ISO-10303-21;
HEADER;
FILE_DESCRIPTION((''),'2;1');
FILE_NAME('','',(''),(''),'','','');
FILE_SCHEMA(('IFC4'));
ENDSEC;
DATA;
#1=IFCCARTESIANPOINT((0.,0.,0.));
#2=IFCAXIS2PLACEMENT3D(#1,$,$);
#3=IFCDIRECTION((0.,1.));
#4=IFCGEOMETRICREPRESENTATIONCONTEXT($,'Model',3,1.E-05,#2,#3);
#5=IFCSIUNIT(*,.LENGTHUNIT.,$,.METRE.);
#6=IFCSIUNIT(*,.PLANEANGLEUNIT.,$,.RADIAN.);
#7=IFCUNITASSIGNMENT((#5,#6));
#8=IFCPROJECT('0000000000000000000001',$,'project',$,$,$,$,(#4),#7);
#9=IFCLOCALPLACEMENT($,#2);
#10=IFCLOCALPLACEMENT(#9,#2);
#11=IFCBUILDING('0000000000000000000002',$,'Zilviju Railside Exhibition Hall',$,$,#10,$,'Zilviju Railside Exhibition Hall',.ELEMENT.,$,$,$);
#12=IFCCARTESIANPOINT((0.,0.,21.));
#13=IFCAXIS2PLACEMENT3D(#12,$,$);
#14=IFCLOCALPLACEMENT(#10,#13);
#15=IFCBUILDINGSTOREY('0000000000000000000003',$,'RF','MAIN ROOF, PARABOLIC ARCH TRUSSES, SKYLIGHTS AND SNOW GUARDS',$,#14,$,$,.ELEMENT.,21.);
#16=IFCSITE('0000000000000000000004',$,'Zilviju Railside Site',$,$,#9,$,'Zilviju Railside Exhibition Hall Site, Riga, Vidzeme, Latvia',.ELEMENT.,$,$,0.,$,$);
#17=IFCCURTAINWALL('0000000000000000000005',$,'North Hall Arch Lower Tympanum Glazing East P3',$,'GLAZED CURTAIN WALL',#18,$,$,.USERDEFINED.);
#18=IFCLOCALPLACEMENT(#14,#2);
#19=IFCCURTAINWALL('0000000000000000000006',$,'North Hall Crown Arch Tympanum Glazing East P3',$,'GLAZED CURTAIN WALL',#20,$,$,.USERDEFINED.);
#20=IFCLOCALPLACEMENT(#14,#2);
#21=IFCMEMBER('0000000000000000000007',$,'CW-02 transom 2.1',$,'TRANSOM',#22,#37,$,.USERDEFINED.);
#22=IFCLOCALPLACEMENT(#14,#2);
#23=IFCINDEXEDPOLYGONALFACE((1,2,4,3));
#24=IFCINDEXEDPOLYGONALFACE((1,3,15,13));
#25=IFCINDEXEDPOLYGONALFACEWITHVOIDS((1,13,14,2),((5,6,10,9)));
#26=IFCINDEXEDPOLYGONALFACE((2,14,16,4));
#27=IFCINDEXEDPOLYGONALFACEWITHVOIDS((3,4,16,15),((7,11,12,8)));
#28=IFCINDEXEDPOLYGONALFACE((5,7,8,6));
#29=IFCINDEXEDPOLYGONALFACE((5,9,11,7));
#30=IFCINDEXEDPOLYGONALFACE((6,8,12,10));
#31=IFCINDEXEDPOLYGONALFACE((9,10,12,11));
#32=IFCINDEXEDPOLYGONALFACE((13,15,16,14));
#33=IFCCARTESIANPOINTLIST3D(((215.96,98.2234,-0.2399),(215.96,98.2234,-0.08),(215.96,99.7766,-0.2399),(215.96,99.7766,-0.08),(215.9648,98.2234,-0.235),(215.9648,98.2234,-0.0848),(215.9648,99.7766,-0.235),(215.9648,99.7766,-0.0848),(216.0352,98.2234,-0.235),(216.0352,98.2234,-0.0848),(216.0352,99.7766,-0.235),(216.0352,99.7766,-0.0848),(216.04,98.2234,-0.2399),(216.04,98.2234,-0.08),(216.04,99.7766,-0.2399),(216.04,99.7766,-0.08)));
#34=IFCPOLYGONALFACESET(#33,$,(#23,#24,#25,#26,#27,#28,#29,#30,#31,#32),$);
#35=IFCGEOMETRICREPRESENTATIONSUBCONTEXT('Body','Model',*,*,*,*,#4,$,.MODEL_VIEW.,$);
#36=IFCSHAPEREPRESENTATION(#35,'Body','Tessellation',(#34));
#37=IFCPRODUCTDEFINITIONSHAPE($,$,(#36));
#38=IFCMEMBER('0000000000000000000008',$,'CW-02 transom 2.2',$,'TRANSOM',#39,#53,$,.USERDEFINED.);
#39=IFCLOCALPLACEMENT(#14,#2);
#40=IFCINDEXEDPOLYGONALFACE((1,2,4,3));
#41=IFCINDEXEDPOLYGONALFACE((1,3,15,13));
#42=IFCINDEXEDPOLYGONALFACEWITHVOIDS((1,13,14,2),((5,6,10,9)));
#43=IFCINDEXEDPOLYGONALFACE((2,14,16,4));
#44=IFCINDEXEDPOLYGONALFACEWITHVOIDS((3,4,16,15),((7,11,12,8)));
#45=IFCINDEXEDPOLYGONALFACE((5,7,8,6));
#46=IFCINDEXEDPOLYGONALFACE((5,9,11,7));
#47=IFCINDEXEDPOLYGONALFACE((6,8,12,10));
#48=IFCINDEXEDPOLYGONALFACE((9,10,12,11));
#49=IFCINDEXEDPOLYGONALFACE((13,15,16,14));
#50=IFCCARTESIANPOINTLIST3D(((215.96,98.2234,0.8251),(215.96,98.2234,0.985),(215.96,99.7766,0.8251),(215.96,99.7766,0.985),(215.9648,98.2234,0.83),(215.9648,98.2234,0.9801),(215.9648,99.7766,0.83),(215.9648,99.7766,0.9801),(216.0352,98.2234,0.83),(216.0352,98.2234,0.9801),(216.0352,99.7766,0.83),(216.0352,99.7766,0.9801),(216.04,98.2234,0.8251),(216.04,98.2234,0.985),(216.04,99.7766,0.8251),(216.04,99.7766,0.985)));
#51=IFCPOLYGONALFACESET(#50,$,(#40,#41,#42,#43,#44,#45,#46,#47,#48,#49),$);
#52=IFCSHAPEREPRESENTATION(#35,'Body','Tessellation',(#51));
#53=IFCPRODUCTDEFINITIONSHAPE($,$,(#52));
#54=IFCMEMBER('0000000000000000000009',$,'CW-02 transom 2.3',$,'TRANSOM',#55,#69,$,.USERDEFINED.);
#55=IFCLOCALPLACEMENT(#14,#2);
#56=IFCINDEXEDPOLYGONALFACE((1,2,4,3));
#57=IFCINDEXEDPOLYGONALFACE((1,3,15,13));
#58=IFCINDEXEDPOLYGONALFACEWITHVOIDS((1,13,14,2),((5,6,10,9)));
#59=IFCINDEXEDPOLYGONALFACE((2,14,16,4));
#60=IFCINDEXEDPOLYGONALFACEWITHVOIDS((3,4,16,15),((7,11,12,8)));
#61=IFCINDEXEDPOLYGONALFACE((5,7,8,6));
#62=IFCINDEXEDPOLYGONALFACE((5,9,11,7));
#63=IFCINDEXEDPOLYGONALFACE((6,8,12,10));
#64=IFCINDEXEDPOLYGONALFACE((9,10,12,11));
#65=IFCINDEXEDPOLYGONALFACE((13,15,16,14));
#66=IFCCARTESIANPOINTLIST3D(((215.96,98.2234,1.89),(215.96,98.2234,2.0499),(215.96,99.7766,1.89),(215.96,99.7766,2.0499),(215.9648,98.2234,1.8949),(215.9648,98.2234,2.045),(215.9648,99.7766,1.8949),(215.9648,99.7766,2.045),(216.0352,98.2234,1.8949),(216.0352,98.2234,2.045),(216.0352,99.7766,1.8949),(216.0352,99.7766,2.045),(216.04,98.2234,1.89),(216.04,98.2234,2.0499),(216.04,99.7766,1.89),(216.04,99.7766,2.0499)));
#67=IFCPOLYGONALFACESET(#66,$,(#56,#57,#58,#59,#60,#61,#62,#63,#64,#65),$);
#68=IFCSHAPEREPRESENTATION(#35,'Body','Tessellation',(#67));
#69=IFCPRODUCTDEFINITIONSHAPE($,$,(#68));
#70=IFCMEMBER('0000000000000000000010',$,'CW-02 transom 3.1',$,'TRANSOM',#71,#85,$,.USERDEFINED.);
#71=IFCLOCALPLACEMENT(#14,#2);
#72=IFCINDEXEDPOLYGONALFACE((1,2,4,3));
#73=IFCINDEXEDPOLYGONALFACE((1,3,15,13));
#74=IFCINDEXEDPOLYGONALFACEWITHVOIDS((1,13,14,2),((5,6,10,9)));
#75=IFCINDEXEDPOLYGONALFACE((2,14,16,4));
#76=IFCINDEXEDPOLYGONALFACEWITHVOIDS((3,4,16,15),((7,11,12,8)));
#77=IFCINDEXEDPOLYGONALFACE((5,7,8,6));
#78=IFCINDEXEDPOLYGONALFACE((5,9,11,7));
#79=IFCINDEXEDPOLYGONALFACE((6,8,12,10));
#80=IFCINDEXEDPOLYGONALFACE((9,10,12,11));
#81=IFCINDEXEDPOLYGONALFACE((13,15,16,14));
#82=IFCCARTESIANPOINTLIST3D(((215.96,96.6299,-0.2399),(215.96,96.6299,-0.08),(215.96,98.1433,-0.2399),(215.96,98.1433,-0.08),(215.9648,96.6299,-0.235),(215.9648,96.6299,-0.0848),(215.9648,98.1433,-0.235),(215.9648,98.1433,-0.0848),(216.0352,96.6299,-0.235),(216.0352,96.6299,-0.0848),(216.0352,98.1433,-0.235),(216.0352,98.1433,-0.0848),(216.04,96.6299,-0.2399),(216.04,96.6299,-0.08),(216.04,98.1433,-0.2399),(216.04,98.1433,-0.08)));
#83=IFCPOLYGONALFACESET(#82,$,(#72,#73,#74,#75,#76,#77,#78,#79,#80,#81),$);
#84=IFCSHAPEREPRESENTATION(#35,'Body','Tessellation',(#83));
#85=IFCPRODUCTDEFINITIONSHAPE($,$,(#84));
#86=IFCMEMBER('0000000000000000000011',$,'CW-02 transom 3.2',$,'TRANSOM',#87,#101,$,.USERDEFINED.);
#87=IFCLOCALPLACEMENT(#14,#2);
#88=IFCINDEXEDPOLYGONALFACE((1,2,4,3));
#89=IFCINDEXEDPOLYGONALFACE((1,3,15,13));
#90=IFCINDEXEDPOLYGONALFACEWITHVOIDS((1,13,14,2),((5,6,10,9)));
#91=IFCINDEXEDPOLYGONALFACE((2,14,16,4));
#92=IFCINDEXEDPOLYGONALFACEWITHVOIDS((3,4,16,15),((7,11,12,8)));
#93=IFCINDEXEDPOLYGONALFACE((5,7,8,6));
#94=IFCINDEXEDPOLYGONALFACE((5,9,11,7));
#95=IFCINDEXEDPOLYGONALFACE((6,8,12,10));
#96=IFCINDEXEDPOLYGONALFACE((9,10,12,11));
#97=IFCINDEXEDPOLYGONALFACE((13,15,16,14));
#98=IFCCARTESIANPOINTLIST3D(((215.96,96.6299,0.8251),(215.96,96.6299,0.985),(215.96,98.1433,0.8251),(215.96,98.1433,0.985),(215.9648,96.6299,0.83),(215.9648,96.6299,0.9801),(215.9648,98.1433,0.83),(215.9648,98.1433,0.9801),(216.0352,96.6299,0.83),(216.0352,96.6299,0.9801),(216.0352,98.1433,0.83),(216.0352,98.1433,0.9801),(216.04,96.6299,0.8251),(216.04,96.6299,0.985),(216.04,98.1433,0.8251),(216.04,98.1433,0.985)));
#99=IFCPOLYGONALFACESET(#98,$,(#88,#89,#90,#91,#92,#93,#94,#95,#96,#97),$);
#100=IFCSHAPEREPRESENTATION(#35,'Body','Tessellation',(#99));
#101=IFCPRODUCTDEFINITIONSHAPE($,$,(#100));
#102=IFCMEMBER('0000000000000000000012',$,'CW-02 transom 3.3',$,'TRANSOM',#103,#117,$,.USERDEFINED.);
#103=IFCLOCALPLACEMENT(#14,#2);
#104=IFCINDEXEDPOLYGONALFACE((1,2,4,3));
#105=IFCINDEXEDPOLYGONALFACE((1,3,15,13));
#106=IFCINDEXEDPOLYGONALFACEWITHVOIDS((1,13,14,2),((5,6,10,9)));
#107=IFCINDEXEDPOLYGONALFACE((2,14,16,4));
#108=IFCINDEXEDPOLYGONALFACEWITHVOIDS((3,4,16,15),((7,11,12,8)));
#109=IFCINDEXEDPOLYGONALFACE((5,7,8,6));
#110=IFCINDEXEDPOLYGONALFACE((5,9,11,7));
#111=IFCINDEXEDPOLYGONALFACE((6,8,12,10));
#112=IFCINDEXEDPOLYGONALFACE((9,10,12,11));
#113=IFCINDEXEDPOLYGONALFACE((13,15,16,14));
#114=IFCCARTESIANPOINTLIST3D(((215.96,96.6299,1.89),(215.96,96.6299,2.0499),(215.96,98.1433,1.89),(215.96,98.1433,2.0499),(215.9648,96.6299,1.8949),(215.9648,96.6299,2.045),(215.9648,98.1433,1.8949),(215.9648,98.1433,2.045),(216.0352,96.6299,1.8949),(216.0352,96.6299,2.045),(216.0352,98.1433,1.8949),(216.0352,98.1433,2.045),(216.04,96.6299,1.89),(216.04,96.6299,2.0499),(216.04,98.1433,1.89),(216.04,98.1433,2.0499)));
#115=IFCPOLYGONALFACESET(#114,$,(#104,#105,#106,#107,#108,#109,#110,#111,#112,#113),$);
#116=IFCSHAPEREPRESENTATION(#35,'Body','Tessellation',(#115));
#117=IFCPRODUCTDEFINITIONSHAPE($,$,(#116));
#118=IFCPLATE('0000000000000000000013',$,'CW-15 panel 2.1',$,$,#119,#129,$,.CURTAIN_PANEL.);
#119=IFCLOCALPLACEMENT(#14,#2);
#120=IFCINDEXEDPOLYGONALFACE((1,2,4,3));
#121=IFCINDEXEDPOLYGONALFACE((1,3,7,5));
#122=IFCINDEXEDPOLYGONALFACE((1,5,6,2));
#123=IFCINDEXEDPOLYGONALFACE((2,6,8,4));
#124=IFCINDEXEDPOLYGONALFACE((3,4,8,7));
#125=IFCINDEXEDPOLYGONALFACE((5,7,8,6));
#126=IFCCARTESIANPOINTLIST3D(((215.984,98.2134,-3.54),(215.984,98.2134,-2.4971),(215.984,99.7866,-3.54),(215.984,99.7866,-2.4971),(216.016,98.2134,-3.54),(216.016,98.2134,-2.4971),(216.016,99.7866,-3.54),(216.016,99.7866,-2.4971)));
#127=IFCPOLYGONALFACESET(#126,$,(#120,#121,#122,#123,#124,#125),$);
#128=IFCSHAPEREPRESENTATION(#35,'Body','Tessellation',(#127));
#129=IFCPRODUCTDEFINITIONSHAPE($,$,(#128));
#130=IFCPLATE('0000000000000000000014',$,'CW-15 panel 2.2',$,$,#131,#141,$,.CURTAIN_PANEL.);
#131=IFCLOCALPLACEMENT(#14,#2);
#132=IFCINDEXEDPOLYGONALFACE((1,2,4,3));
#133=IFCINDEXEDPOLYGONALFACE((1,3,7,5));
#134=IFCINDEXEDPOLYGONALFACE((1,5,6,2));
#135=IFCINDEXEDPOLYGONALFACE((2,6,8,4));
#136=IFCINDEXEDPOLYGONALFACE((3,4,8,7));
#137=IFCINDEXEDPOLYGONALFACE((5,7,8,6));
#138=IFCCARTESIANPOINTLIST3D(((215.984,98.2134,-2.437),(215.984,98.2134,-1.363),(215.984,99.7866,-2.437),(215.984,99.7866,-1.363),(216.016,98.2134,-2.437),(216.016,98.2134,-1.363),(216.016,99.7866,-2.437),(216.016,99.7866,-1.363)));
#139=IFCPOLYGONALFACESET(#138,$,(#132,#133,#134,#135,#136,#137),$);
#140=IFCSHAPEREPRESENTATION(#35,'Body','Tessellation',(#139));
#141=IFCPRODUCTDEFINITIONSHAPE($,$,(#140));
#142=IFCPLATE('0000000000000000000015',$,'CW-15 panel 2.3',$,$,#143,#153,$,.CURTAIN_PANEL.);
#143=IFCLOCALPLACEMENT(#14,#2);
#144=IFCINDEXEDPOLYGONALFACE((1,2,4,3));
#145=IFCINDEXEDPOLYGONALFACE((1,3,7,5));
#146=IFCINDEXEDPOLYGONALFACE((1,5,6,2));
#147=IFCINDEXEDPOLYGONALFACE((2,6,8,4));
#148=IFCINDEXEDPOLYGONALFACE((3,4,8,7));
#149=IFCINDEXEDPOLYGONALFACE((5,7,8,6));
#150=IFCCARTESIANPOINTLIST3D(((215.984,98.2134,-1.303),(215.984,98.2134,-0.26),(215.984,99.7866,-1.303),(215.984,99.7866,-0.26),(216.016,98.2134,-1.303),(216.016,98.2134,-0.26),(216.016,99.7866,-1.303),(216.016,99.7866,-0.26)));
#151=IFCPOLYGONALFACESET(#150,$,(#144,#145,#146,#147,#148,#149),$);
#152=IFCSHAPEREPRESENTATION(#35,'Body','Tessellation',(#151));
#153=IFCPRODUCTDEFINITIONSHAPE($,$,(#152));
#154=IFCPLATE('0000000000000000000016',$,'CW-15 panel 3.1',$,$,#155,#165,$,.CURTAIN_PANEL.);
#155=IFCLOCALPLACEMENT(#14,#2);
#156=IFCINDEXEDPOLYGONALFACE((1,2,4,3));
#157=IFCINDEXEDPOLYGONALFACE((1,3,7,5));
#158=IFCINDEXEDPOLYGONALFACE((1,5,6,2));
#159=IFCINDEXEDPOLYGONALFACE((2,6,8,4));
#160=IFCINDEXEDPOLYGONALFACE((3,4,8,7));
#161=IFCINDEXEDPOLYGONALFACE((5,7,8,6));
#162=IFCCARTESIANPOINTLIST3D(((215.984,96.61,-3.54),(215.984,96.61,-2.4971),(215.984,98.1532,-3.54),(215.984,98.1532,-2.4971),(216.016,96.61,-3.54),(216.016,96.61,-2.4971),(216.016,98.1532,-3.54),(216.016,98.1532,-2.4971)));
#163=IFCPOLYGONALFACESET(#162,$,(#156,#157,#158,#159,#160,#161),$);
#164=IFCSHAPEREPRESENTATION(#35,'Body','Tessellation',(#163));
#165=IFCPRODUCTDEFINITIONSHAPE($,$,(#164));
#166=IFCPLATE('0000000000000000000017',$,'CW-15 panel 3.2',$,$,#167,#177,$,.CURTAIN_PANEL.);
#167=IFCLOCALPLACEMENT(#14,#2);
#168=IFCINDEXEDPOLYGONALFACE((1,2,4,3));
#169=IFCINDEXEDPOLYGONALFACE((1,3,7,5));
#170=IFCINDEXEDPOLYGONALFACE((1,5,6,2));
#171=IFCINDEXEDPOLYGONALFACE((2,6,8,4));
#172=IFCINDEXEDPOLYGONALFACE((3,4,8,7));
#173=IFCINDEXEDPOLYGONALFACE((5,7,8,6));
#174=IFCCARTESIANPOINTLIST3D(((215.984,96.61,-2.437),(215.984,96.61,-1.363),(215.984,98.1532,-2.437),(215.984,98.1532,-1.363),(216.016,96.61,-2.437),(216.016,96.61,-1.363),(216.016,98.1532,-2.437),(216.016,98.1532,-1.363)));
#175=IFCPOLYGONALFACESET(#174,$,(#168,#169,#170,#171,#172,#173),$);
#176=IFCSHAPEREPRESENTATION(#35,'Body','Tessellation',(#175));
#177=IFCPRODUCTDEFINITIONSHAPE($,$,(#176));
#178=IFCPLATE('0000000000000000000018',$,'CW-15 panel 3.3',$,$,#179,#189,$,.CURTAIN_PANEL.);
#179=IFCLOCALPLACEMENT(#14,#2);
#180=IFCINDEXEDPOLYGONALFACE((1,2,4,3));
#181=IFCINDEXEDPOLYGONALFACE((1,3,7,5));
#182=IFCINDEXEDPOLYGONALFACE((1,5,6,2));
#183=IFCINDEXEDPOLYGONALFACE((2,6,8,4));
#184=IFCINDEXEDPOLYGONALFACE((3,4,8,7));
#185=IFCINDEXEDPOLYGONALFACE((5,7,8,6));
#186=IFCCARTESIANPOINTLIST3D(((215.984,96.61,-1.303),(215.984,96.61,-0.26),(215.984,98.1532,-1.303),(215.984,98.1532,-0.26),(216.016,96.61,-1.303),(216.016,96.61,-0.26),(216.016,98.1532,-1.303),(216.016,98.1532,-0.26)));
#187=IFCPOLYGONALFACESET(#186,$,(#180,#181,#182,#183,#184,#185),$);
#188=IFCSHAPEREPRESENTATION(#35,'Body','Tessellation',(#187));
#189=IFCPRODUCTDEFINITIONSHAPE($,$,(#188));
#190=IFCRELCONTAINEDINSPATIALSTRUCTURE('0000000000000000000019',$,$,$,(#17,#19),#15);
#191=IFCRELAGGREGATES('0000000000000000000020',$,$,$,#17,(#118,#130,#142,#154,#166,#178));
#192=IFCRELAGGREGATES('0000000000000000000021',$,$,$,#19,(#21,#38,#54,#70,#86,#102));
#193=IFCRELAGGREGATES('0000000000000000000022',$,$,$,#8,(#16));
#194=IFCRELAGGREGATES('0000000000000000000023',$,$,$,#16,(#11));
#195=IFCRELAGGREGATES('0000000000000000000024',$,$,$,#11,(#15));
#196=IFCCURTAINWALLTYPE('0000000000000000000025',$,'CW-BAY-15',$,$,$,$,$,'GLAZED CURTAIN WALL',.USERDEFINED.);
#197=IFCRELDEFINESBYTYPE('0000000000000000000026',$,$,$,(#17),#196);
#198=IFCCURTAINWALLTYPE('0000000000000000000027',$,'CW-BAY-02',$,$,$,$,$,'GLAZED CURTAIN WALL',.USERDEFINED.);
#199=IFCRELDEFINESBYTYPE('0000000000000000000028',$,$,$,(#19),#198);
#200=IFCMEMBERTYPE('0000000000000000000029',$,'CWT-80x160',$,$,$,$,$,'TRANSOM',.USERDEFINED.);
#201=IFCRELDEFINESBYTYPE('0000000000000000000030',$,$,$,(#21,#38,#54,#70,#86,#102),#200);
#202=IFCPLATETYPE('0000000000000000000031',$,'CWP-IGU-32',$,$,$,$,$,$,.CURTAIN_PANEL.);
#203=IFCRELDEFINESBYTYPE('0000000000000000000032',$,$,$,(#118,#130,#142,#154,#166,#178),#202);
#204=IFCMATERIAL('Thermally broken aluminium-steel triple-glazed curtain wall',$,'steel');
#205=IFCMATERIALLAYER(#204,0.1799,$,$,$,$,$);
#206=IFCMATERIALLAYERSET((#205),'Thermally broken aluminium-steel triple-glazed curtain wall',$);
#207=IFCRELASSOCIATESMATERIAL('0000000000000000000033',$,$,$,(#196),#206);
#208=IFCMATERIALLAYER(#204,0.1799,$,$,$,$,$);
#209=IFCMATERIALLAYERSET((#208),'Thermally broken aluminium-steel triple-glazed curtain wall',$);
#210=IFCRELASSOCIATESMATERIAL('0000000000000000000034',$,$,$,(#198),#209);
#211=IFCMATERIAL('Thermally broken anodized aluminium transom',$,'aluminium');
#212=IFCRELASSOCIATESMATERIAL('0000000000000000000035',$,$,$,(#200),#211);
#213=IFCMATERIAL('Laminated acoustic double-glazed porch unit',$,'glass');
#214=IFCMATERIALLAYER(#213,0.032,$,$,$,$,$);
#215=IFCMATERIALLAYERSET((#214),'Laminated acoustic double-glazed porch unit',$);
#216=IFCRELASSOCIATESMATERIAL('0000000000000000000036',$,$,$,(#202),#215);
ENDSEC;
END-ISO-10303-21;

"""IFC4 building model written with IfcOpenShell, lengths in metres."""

from ifc_helpers import new_model, si_unit, direction, frame, origin, origin_2d, place, context, subcontext, project, spatial, rectangle, hollow_rectangle, extrude, material, layer, layer_set, material_profile, profile_set, type_object, element, aggregate, save


model = new_model("IFC4")

# Units and contexts
model_context = context("Model", 3, precision=1e-05, world=origin(), true_north=direction((0.0, 1.0)))
body_context = subcontext(model_context, "Body", "Model", "MODEL_VIEW")
ifc_project = project(units=[si_unit("LENGTHUNIT", "METRE"), si_unit("PLANEANGLEUNIT", "RADIAN")], contexts=[model_context])

# Site, building, storey
site_placement = place(None, origin())
site = spatial("IfcSite", under=ifc_project, at=site_placement, Name="Zilviju Railside Site", LongName="Zilviju Railside Exhibition Hall Site, Riga, Vidzeme, Latvia", CompositionType="ELEMENT", RefElevation=0.0)
building_placement = place(site_placement, origin())
building = spatial("IfcBuilding", under=site, at=building_placement, Name="Zilviju Railside Exhibition Hall", LongName="Zilviju Railside Exhibition Hall", CompositionType="ELEMENT")
storey_placement = place(building_placement, frame((0.0, 0.0, 21.0)))
storey = spatial("IfcBuildingStorey", under=building, at=storey_placement, Name="RF", Description="MAIN ROOF, PARABOLIC ARCH TRUSSES, SKYLIGHTS AND SNOW GUARDS", CompositionType="ELEMENT", Elevation=21.0)

# Curtain walls
ifc_material_1 = material(Name="Thermally broken aluminium-steel triple-glazed curtain wall", Category="steel")
ifc_layer_1 = layer(ifc_material_1, 0.1799)
ifc_layer_set_1 = layer_set([ifc_layer_1], Name="Thermally broken aluminium-steel triple-glazed curtain wall")
curtain_wall_type_1 = type_object("IfcCurtainWallType", Name="CW-BAY-15", ElementType="GLAZED CURTAIN WALL", PredefinedType="USERDEFINED", material=ifc_layer_set_1)
curtain_wall_1_placement = place(storey_placement, origin())
curtain_wall_1 = element("IfcCurtainWall", 1, at=curtain_wall_1_placement, inside=storey, type_object=curtain_wall_type_1, Name="North Hall Arch Lower Tympanum Glazing East P3", ObjectType="GLAZED CURTAIN WALL", PredefinedType="USERDEFINED")
ifc_layer_2 = layer(ifc_material_1, 0.1799)
ifc_layer_set_2 = layer_set([ifc_layer_2], Name="Thermally broken aluminium-steel triple-glazed curtain wall")
curtain_wall_type_2 = type_object("IfcCurtainWallType", Name="CW-BAY-02", ElementType="GLAZED CURTAIN WALL", PredefinedType="USERDEFINED", material=ifc_layer_set_2)
curtain_wall_2_placement = place(storey_placement, origin())
curtain_wall_2 = element("IfcCurtainWall", 2, at=curtain_wall_2_placement, inside=storey, type_object=curtain_wall_type_2, Name="North Hall Crown Arch Tympanum Glazing East P3", ObjectType="GLAZED CURTAIN WALL", PredefinedType="USERDEFINED")

# Members
ifc_material_2 = material(Name="Thermally broken anodized aluminium transom", Category="aluminium")
ifc_material_profile_1 = material_profile(ifc_material_2, hollow_rectangle(XDim=0.0801, YDim=0.1599, WallThickness=0.0049, at=origin_2d()), Name="TRANSOM 160x80x5")
ifc_profile_set_1 = profile_set([ifc_material_profile_1], Name="Thermally broken anodized aluminium transom")
member_type_1 = type_object("IfcMemberType", Name="CWT-80x160", ElementType="TRANSOM", PredefinedType="USERDEFINED", material=ifc_profile_set_1)
member_1_placement = place(storey_placement, frame((216.0, 99.7766, -0.1599), z_axis=(0.0, -1.0, 0.0), x_axis=(1.0, 0.0, 0.0)))
member_1 = element("IfcMember", 3, at=member_1_placement, type_object=member_type_1, Name="CW-02 transom 2.1", ObjectType="TRANSOM", PredefinedType="USERDEFINED", context=body_context, shape_type="SweptSolid", body=[
    extrude(hollow_rectangle(XDim=0.0801, YDim=0.1599, WallThickness=0.0049, at=origin_2d()), origin(), (0.0, 0.0, 1.0), 1.5532),
])
member_2_placement = place(storey_placement, frame((216.0, 99.7766, 0.905), z_axis=(0.0, -1.0, 0.0), x_axis=(1.0, 0.0, 0.0)))
member_2 = element("IfcMember", 4, at=member_2_placement, type_object=member_type_1, Name="CW-02 transom 2.2", ObjectType="TRANSOM", PredefinedType="USERDEFINED", context=body_context, shape_type="SweptSolid", body=[
    extrude(hollow_rectangle(XDim=0.0801, YDim=0.1599, WallThickness=0.0049, at=origin_2d()), origin(), (0.0, 0.0, 1.0), 1.5532),
])
member_3_placement = place(storey_placement, frame((216.0, 99.7766, 1.97), z_axis=(0.0, -1.0, 0.0), x_axis=(1.0, 0.0, 0.0)))
member_3 = element("IfcMember", 5, at=member_3_placement, type_object=member_type_1, Name="CW-02 transom 2.3", ObjectType="TRANSOM", PredefinedType="USERDEFINED", context=body_context, shape_type="SweptSolid", body=[
    extrude(hollow_rectangle(XDim=0.0801, YDim=0.1599, WallThickness=0.0049, at=origin_2d()), origin(), (0.0, 0.0, 1.0), 1.5532),
])
member_4_placement = place(storey_placement, frame((216.0, 98.1433, -0.1599), z_axis=(0.0, -1.0, 0.0), x_axis=(1.0, 0.0, 0.0)))
member_4 = element("IfcMember", 6, at=member_4_placement, type_object=member_type_1, Name="CW-02 transom 3.1", ObjectType="TRANSOM", PredefinedType="USERDEFINED", context=body_context, shape_type="SweptSolid", body=[
    extrude(hollow_rectangle(XDim=0.0801, YDim=0.1599, WallThickness=0.0049, at=origin_2d()), origin(), (0.0, 0.0, 1.0), 1.5134),
])
member_5_placement = place(storey_placement, frame((216.0, 98.1433, 0.905), z_axis=(0.0, -1.0, 0.0), x_axis=(1.0, 0.0, 0.0)))
member_5 = element("IfcMember", 7, at=member_5_placement, type_object=member_type_1, Name="CW-02 transom 3.2", ObjectType="TRANSOM", PredefinedType="USERDEFINED", context=body_context, shape_type="SweptSolid", body=[
    extrude(hollow_rectangle(XDim=0.0801, YDim=0.1599, WallThickness=0.0049, at=origin_2d()), origin(), (0.0, 0.0, 1.0), 1.5134),
])
member_6_placement = place(storey_placement, frame((216.0, 98.1433, 1.97), z_axis=(0.0, -1.0, 0.0), x_axis=(1.0, 0.0, 0.0)))
member_6 = element("IfcMember", 8, at=member_6_placement, type_object=member_type_1, Name="CW-02 transom 3.3", ObjectType="TRANSOM", PredefinedType="USERDEFINED", context=body_context, shape_type="SweptSolid", body=[
    extrude(hollow_rectangle(XDim=0.0801, YDim=0.1599, WallThickness=0.0049, at=origin_2d()), origin(), (0.0, 0.0, 1.0), 1.5134),
])

# Plates
ifc_material_3 = material(Name="Laminated acoustic double-glazed porch unit", Category="glass")
ifc_layer_3 = layer(ifc_material_3, 0.032)
ifc_layer_set_3 = layer_set([ifc_layer_3], Name="Laminated acoustic double-glazed porch unit")
plate_type_1 = type_object("IfcPlateType", Name="CWP-IGU-32", PredefinedType="CURTAIN_PANEL", material=ifc_layer_set_3)
plate_1_placement = place(storey_placement, frame((216.0, 99.0, -3.54), z_axis=(0.0, 0.0, 1.0), x_axis=(0.0, -1.0, 0.0)))
plate_1 = element("IfcPlate", 9, at=plate_1_placement, type_object=plate_type_1, Name="CW-15 panel 2.1", PredefinedType="CURTAIN_PANEL", context=body_context, shape_type="SweptSolid", body=[
    extrude(rectangle(XDim=1.5732, YDim=0.032, at=origin_2d()), origin(), (0.0, 0.0, 1.0), 1.043),
])
plate_2_placement = place(storey_placement, frame((216.0, 99.0, -2.437), z_axis=(0.0, 0.0, 1.0), x_axis=(0.0, -1.0, 0.0)))
plate_2 = element("IfcPlate", 10, at=plate_2_placement, type_object=plate_type_1, Name="CW-15 panel 2.2", PredefinedType="CURTAIN_PANEL", context=body_context, shape_type="SweptSolid", body=[
    extrude(rectangle(XDim=1.5732, YDim=0.032, at=origin_2d()), origin(), (0.0, 0.0, 1.0), 1.074),
])
plate_3_placement = place(storey_placement, frame((216.0, 99.0, -1.303), z_axis=(0.0, 0.0, 1.0), x_axis=(0.0, -1.0, 0.0)))
plate_3 = element("IfcPlate", 11, at=plate_3_placement, type_object=plate_type_1, Name="CW-15 panel 2.3", PredefinedType="CURTAIN_PANEL", context=body_context, shape_type="SweptSolid", body=[
    extrude(rectangle(XDim=1.5732, YDim=0.032, at=origin_2d()), origin(), (0.0, 0.0, 1.0), 1.043),
])
plate_4_placement = place(storey_placement, frame((216.0, 97.3816, -3.54), z_axis=(0.0, 0.0, 1.0), x_axis=(0.0, -1.0, 0.0)))
plate_4 = element("IfcPlate", 12, at=plate_4_placement, type_object=plate_type_1, Name="CW-15 panel 3.1", PredefinedType="CURTAIN_PANEL", context=body_context, shape_type="SweptSolid", body=[
    extrude(rectangle(XDim=1.5432, YDim=0.032, at=origin_2d()), origin(), (0.0, 0.0, 1.0), 1.043),
])
plate_5_placement = place(storey_placement, frame((216.0, 97.3816, -2.437), z_axis=(0.0, 0.0, 1.0), x_axis=(0.0, -1.0, 0.0)))
plate_5 = element("IfcPlate", 13, at=plate_5_placement, type_object=plate_type_1, Name="CW-15 panel 3.2", PredefinedType="CURTAIN_PANEL", context=body_context, shape_type="SweptSolid", body=[
    extrude(rectangle(XDim=1.5432, YDim=0.032, at=origin_2d()), origin(), (0.0, 0.0, 1.0), 1.074),
])
plate_6_placement = place(storey_placement, frame((216.0, 97.3816, -1.303), z_axis=(0.0, 0.0, 1.0), x_axis=(0.0, -1.0, 0.0)))
plate_6 = element("IfcPlate", 14, at=plate_6_placement, type_object=plate_type_1, Name="CW-15 panel 3.3", PredefinedType="CURTAIN_PANEL", context=body_context, shape_type="SweptSolid", body=[
    extrude(rectangle(XDim=1.5432, YDim=0.032, at=origin_2d()), origin(), (0.0, 0.0, 1.0), 1.043),
])
aggregate(curtain_wall_1, [plate_1, plate_2, plate_3, plate_4, plate_5, plate_6])
aggregate(curtain_wall_2, [member_1, member_2, member_3, member_4, member_5, member_6])

save(model, "model.ifc")
